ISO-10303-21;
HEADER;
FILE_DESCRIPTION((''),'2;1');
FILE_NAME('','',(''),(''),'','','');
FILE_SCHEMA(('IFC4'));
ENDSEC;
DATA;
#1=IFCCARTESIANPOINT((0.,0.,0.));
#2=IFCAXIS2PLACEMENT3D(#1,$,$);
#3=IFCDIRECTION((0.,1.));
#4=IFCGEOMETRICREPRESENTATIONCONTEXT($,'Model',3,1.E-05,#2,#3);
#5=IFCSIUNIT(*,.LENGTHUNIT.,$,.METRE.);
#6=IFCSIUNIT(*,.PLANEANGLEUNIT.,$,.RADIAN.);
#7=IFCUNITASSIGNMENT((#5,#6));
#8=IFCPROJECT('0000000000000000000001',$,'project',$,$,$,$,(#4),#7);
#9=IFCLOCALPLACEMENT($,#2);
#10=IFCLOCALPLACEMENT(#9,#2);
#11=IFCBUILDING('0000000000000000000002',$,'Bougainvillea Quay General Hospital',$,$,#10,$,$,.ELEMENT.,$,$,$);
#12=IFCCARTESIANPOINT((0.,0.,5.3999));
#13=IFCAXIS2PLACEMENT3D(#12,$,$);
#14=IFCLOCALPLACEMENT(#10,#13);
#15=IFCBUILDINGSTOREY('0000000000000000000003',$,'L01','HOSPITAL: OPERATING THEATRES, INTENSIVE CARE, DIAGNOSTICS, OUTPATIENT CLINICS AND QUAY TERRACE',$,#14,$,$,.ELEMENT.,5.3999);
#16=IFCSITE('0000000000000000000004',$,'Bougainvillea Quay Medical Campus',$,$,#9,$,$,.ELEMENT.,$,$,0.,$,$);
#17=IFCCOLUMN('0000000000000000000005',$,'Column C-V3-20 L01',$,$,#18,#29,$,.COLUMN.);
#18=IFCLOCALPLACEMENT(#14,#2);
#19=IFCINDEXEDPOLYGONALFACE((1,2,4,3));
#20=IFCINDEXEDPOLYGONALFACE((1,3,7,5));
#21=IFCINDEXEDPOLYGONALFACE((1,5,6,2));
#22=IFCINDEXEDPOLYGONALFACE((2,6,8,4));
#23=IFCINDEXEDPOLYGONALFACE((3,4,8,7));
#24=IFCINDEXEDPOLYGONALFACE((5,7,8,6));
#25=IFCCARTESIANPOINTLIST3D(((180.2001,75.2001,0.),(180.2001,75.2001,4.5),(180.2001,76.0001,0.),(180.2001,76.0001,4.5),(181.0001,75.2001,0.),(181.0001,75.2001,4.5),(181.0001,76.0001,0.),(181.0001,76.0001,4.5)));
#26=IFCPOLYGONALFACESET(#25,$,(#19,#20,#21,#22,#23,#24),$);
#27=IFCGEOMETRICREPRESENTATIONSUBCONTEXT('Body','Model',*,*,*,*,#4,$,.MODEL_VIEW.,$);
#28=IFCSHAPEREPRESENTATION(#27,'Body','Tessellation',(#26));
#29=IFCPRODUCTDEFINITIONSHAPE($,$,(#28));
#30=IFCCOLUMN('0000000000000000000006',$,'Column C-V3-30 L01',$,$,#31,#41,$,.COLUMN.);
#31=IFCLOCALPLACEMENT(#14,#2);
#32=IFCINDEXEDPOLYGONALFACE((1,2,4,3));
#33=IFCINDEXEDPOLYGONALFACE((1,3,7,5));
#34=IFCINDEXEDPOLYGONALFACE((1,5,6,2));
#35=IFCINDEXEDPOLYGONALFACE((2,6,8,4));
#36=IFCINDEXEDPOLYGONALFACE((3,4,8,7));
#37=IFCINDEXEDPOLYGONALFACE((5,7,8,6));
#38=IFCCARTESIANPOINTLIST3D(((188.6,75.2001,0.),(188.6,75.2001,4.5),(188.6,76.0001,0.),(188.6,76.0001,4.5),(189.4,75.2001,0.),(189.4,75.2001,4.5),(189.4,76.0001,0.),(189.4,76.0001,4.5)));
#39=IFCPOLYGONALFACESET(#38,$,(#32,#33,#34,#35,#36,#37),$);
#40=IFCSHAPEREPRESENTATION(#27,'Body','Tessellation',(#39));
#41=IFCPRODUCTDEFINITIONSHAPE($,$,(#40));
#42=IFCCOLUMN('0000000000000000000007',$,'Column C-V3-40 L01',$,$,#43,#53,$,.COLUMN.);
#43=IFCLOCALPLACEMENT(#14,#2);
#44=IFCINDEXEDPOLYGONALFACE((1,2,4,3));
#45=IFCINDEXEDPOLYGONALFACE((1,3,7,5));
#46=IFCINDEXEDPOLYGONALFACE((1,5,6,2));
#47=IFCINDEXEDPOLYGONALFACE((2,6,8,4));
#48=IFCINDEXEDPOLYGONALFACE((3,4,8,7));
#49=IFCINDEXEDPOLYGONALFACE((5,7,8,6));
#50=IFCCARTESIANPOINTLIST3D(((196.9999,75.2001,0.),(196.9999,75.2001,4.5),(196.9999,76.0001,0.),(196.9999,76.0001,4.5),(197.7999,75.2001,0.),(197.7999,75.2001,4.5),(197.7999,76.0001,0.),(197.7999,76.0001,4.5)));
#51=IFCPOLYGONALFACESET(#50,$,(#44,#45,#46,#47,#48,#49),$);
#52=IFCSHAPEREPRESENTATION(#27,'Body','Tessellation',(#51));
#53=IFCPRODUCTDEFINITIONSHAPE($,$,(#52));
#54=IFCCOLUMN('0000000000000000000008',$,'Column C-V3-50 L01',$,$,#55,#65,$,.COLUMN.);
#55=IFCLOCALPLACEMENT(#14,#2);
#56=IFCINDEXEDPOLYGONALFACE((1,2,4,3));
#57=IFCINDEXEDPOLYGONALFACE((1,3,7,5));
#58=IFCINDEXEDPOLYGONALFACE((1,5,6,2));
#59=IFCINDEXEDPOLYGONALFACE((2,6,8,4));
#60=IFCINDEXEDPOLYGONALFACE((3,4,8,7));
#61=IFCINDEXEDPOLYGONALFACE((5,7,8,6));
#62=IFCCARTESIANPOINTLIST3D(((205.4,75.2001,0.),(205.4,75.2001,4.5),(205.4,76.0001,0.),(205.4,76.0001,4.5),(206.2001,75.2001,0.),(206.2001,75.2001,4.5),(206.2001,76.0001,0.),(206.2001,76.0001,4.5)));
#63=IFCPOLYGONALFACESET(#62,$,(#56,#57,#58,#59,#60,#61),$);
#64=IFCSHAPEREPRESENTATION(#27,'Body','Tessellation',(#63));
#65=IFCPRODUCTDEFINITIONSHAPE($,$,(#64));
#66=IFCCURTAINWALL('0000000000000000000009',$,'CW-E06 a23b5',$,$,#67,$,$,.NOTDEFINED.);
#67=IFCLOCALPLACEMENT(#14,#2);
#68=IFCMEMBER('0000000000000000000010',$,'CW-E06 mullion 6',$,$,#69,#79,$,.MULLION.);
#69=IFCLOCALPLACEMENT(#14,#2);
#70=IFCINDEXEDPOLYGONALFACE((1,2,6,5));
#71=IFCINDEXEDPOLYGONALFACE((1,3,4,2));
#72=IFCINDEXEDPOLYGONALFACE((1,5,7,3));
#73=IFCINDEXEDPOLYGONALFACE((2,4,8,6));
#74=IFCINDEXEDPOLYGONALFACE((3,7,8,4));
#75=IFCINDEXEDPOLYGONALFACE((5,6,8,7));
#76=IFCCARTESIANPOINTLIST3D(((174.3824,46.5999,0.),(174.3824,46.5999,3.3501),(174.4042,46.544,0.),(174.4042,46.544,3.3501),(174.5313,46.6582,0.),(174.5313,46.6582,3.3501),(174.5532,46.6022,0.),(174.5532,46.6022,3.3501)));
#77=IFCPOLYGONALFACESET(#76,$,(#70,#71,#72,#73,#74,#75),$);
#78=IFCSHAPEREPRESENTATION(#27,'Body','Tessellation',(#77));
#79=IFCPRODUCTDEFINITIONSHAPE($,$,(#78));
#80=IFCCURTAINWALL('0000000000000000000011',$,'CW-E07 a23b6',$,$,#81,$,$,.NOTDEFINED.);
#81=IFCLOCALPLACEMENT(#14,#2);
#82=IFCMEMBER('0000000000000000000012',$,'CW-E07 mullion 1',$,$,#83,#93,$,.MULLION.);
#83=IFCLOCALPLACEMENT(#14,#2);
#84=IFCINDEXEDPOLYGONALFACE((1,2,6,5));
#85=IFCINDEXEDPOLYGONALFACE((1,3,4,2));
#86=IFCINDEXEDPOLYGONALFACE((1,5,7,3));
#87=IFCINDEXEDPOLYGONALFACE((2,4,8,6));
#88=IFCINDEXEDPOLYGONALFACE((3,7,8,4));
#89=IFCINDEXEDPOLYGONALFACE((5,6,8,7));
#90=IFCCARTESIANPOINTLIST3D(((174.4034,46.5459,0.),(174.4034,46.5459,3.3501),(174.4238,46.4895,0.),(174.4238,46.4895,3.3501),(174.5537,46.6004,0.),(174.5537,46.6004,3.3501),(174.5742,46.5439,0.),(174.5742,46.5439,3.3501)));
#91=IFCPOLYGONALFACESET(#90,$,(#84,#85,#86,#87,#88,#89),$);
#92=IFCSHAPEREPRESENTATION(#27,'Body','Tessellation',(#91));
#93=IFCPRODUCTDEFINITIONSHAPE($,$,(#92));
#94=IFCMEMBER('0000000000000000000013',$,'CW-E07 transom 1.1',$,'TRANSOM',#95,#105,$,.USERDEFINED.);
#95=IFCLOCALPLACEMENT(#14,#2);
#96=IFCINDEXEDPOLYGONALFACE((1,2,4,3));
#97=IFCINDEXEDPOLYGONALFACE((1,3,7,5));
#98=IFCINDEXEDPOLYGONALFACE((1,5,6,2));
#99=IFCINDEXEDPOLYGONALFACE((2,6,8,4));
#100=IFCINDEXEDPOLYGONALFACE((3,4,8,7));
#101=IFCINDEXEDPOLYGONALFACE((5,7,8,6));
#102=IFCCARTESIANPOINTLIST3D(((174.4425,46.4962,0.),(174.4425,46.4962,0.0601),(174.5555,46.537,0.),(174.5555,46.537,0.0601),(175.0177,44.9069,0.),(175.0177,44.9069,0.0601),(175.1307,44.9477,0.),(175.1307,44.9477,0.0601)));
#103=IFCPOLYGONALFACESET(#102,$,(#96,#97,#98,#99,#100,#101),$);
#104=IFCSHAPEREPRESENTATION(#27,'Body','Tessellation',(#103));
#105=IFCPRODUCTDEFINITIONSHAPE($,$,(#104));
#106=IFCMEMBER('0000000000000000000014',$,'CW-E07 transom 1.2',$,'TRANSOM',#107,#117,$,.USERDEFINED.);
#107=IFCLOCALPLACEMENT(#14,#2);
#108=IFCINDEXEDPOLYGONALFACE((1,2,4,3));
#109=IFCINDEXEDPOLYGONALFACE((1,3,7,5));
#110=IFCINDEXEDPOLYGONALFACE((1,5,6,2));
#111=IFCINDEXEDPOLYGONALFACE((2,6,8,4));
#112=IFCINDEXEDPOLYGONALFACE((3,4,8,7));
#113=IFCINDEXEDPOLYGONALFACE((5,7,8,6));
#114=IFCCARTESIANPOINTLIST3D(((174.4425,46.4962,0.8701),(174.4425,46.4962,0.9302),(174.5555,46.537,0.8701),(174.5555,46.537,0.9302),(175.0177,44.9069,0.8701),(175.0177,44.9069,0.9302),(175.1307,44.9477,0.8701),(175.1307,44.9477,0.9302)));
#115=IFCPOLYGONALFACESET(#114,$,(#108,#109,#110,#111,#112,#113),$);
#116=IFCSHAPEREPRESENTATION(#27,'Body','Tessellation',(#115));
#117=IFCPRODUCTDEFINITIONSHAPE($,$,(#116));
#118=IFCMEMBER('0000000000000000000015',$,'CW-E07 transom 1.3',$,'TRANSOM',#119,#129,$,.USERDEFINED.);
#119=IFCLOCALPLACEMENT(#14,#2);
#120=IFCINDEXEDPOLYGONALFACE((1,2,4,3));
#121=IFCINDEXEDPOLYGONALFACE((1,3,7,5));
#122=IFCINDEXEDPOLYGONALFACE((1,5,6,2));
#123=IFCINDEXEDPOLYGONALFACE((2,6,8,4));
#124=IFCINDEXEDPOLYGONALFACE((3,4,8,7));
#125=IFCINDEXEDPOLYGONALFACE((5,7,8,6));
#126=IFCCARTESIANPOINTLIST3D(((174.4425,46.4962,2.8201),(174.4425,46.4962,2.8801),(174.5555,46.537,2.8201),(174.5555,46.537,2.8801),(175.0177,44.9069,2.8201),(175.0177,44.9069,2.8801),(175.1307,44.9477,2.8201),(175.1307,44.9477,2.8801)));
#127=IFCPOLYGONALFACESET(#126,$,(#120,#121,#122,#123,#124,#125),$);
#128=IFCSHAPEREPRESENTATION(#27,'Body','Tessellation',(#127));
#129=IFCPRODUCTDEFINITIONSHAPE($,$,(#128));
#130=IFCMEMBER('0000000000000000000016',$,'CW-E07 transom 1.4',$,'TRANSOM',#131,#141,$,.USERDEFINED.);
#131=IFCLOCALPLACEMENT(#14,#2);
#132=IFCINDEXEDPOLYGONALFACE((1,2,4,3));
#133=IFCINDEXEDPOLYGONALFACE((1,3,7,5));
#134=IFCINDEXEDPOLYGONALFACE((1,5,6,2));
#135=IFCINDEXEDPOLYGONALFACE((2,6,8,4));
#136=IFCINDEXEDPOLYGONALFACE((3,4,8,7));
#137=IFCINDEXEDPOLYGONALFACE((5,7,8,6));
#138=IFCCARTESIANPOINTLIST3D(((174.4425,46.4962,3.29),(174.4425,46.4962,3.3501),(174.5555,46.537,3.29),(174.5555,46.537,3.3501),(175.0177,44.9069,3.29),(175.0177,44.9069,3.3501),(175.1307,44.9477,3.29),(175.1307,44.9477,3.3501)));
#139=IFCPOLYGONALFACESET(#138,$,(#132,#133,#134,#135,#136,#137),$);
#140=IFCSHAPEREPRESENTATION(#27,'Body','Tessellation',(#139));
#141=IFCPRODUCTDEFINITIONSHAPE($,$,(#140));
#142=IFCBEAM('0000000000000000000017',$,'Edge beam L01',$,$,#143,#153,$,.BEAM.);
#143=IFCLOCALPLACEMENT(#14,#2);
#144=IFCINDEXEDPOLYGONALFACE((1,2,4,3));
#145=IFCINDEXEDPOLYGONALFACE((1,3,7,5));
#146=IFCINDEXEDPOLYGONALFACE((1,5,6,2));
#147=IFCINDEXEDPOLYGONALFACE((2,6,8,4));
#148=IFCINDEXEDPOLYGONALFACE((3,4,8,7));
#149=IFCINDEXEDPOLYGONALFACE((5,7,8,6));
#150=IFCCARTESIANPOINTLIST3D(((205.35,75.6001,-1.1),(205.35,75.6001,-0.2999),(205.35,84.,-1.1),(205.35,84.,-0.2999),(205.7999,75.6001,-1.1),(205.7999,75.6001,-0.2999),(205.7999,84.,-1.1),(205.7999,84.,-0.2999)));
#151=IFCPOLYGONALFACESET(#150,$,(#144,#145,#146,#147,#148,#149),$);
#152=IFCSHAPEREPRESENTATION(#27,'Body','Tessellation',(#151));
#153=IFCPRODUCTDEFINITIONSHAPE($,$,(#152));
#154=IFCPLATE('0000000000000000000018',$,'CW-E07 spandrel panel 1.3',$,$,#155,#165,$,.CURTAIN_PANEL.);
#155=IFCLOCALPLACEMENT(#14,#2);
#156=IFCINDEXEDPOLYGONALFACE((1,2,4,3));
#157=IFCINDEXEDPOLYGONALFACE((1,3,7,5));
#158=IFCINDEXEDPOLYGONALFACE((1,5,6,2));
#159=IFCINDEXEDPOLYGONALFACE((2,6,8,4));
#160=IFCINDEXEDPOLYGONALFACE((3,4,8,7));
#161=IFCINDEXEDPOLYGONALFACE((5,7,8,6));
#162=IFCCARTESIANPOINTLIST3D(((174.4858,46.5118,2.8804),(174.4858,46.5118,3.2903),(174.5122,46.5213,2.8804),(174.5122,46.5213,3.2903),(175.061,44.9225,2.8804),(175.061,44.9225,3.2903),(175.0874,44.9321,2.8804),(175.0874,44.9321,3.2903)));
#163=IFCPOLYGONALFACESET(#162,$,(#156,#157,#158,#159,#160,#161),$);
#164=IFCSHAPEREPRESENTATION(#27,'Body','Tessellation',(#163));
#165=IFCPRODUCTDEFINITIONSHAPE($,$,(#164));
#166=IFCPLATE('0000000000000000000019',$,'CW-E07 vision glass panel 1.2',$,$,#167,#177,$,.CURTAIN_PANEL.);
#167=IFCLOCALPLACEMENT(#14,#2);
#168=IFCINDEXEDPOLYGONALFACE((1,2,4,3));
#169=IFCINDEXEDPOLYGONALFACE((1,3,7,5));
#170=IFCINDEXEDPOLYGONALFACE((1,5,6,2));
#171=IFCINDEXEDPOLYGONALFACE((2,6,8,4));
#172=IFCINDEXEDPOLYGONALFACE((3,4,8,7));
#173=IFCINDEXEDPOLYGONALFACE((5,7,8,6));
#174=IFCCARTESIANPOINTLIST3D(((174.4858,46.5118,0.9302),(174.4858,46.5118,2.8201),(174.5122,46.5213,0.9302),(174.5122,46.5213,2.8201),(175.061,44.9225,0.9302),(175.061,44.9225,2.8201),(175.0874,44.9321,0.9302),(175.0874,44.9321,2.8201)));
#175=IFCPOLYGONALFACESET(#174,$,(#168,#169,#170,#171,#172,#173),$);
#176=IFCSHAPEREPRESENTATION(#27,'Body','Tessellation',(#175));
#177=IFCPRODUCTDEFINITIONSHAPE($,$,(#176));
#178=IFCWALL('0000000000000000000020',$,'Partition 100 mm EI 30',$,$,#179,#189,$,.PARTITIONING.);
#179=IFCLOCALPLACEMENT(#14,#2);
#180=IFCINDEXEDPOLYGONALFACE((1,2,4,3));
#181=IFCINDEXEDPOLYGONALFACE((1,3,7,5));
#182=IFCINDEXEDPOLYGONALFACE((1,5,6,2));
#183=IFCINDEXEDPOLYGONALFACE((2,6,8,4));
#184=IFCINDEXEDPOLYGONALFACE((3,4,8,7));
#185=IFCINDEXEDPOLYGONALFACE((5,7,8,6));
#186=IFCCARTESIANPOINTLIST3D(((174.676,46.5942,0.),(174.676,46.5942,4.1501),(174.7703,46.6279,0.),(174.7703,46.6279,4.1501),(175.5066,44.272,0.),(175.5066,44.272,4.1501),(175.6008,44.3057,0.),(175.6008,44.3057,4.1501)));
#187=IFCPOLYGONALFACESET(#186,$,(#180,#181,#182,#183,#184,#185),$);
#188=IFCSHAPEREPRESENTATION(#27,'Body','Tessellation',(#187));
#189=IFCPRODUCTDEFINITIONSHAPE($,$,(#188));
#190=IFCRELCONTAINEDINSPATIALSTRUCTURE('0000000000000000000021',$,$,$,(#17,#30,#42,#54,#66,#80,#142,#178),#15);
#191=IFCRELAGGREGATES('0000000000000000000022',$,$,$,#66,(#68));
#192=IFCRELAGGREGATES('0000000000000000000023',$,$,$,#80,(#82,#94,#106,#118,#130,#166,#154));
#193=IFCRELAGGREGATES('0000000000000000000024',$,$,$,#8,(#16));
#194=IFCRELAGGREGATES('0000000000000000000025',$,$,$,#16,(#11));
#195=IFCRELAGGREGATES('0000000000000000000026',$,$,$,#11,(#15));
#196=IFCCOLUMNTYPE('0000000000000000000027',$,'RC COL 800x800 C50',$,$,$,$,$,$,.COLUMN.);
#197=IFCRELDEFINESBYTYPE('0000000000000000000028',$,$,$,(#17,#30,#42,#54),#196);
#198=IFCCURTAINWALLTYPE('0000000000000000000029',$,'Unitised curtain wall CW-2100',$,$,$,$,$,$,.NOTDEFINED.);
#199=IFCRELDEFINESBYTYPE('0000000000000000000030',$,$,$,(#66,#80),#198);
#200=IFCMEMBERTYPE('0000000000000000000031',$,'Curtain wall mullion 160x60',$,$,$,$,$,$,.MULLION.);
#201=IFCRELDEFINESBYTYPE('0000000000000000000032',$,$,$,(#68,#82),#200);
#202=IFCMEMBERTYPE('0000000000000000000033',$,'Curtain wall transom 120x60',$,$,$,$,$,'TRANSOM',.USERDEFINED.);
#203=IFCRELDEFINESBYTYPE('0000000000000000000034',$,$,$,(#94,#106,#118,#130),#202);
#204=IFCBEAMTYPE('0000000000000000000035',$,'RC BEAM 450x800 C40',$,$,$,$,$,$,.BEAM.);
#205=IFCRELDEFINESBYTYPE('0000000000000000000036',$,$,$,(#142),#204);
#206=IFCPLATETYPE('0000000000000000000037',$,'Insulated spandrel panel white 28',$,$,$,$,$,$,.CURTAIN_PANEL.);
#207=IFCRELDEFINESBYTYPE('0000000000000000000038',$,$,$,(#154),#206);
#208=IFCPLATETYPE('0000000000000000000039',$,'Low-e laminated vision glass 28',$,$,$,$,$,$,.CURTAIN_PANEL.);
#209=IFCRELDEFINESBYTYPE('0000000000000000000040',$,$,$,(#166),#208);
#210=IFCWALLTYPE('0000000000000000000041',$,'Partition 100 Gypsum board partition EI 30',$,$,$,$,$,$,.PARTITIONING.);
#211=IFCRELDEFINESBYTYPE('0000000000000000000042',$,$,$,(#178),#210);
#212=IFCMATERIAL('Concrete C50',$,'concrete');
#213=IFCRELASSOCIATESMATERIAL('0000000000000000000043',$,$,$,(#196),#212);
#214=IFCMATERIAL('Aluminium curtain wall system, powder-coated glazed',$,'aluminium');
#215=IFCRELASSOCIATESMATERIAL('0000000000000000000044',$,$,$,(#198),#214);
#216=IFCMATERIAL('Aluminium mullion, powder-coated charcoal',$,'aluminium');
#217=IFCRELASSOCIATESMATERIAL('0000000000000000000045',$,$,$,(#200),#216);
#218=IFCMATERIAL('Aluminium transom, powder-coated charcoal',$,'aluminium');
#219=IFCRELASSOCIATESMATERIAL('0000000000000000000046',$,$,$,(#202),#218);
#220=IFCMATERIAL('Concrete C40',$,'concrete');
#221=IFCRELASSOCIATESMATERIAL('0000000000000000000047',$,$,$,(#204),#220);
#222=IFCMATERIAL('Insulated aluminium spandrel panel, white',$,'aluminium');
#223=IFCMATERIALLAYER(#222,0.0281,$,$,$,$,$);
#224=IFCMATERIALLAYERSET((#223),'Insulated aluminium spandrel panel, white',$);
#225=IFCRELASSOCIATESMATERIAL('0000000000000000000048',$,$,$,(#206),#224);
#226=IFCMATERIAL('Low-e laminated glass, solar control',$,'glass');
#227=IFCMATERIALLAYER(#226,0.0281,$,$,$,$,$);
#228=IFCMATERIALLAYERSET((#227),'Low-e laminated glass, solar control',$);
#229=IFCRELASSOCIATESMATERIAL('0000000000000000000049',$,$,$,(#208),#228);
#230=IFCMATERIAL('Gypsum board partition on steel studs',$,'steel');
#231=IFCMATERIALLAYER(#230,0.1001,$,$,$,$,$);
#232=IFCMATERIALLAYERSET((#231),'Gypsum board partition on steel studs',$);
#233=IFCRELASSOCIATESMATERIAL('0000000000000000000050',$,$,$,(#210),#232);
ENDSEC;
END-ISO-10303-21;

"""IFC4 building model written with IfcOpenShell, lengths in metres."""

from ifc_helpers import new_model, si_unit, direction, frame, frame_2d, origin, origin_2d, place, context, subcontext, project, spatial, rectangle, extrude, material, layer, layer_set, material_profile, profile_set, type_object, element, aggregate, save


model = new_model("IFC4")

# Units and contexts
model_context = context("Model", 3, precision=1e-05, world=origin(), true_north=direction((0.0, 1.0)))
body_context = subcontext(model_context, "Body", "Model", "MODEL_VIEW")
ifc_project = project(units=[si_unit("LENGTHUNIT", "METRE"), si_unit("PLANEANGLEUNIT", "RADIAN")], contexts=[model_context])

# Site, building, storey
site_placement = place(None, origin())
site = spatial("IfcSite", under=ifc_project, at=site_placement, Name="Bougainvillea Quay Medical Campus", CompositionType="ELEMENT", RefElevation=0.0)
building_placement = place(site_placement, origin())
building = spatial("IfcBuilding", under=site, at=building_placement, Name="Bougainvillea Quay General Hospital", CompositionType="ELEMENT")
storey_placement = place(building_placement, frame((0.0, 0.0, 5.3999)))
storey = spatial("IfcBuildingStorey", under=building, at=storey_placement, Name="L01", Description="HOSPITAL: OPERATING THEATRES, INTENSIVE CARE, DIAGNOSTICS, OUTPATIENT CLINICS AND QUAY TERRACE", CompositionType="ELEMENT", Elevation=5.3999)

# Columns
ifc_material_1 = material(Name="Concrete C50", Category="concrete")
ifc_material_profile_1 = material_profile(ifc_material_1, rectangle(XDim=0.8, YDim=0.8, at=origin_2d()))
ifc_profile_set_1 = profile_set([ifc_material_profile_1], Name="Concrete C50")
column_type = type_object("IfcColumnType", Name="RC COL 800x800 C50", PredefinedType="COLUMN", material=ifc_profile_set_1)
for number, where, z_axis, x_axis, name in (
    (1, (180.6001, 75.6001, 0.0), (0.0, 0.0, 1.0), (1.0, 0.0, 0.0), "Column C-V3-20 L01"),
    (2, (189.0, 75.6001, 0.0), (0.0, 0.0, 1.0), (1.0, 0.0, 0.0), "Column C-V3-30 L01"),
    (3, (197.3999, 75.6001, 0.0), (0.0, 0.0, 1.0), (1.0, 0.0, 0.0), "Column C-V3-40 L01"),
    (4, (205.8, 75.6001, 0.0), (0.0, 0.0, 1.0), (1.0, 0.0, 0.0), "Column C-V3-50 L01"),
):
    element("IfcColumn", number, at=place(storey_placement, frame(where, z_axis=z_axis, x_axis=x_axis)), inside=storey, type_object=column_type, Name=name, PredefinedType="COLUMN", context=body_context, shape_type="SweptSolid", body=[
        extrude(rectangle(XDim=0.8, YDim=0.8, at=origin_2d()), origin(), (0.0, 0.0, 1.0), 4.5),
    ])

# Curtain wall, member
ifc_material_2 = material(Name="Aluminium curtain wall system, powder-coated glazed", Category="aluminium")
curtain_wall_type = type_object("IfcCurtainWallType", Name="Unitised curtain wall CW-2100", PredefinedType="NOTDEFINED", material=ifc_material_2)
curtain_wall_1_placement = place(storey_placement, origin())
curtain_wall_1 = element("IfcCurtainWall", 5, at=curtain_wall_1_placement, inside=storey, type_object=curtain_wall_type, Name="CW-E06 a23b5", PredefinedType="NOTDEFINED")
ifc_material_3 = material(Name="Aluminium mullion, powder-coated charcoal", Category="aluminium")
ifc_material_profile_2 = material_profile(ifc_material_3, rectangle(XDim=0.1599, YDim=0.0601, at=origin_2d()))
ifc_profile_set_2 = profile_set([ifc_material_profile_2], Name="Aluminium mullion, powder-coated charcoal")
member_type_1 = type_object("IfcMemberType", Name="Curtain wall mullion 160x60", PredefinedType="MULLION", material=ifc_profile_set_2)
member_1_placement = place(storey_placement, frame((174.4678, 46.6011, 0.0), z_axis=(0.0, 0.0, 1.0), x_axis=(0.931315, 0.364214, 0.0)))
member_1 = element("IfcMember", 6, at=member_1_placement, type_object=member_type_1, Name="CW-E06 mullion 6", PredefinedType="MULLION", context=body_context, shape_type="SweptSolid", body=[
    extrude(rectangle(XDim=0.1599, YDim=0.0601, at=origin_2d()), origin(), (0.0, 0.0, 1.0), 3.3501),
])
aggregate(curtain_wall_1, [member_1])

# Curtain wall, members
curtain_wall_2_placement = place(storey_placement, origin())
curtain_wall_2 = element("IfcCurtainWall", 7, at=curtain_wall_2_placement, inside=storey, type_object=curtain_wall_type, Name="CW-E07 a23b6", PredefinedType="NOTDEFINED")
member_2_placement = place(storey_placement, frame((174.4888, 46.5449, 0.0), z_axis=(0.0, 0.0, 1.0), x_axis=(0.940307, 0.340327, 0.0)))
member_2 = element("IfcMember", 8, at=member_2_placement, type_object=member_type_1, Name="CW-E07 mullion 1", PredefinedType="MULLION", context=body_context, shape_type="SweptSolid", body=[
    extrude(rectangle(XDim=0.1599, YDim=0.0601, at=origin_2d()), origin(), (0.0, 0.0, 1.0), 3.3501),
])
ifc_material_4 = material(Name="Aluminium transom, powder-coated charcoal", Category="aluminium")
ifc_material_profile_3 = material_profile(ifc_material_4, rectangle(XDim=0.1201, YDim=0.0601, at=origin_2d()))
ifc_profile_set_3 = profile_set([ifc_material_profile_3], Name="Aluminium transom, powder-coated charcoal")
member_type_2 = type_object("IfcMemberType", Name="Curtain wall transom 120x60", ElementType="TRANSOM", PredefinedType="USERDEFINED", material=ifc_profile_set_3)
member_3_placement = place(storey_placement, frame((174.499, 46.5166, 0.03), z_axis=(0.340305, -0.940315, 0.0), x_axis=(0.940315, 0.340305, 0.0)))
member_3 = element("IfcMember", 9, at=member_3_placement, type_object=member_type_2, Name="CW-E07 transom 1.1", ObjectType="TRANSOM", PredefinedType="USERDEFINED", context=body_context, shape_type="SweptSolid", body=[
    extrude(rectangle(XDim=0.1201, YDim=0.0601, at=origin_2d()), origin(), (0.0, 0.0, 1.0), 1.6902),
])
member_4_placement = place(storey_placement, frame((174.499, 46.5166, 0.9001), z_axis=(0.340305, -0.940315, 0.0), x_axis=(0.940315, 0.340305, 0.0)))
member_4 = element("IfcMember", 10, at=member_4_placement, type_object=member_type_2, Name="CW-E07 transom 1.2", ObjectType="TRANSOM", PredefinedType="USERDEFINED", context=body_context, shape_type="SweptSolid", body=[
    extrude(rectangle(XDim=0.1201, YDim=0.0601, at=origin_2d()), origin(), (0.0, 0.0, 1.0), 1.6902),
])
member_5_placement = place(storey_placement, frame((174.499, 46.5166, 2.8501), z_axis=(0.340305, -0.940315, 0.0), x_axis=(0.940315, 0.340305, 0.0)))
member_5 = element("IfcMember", 11, at=member_5_placement, type_object=member_type_2, Name="CW-E07 transom 1.3", ObjectType="TRANSOM", PredefinedType="USERDEFINED", context=body_context, shape_type="SweptSolid", body=[
    extrude(rectangle(XDim=0.1201, YDim=0.0601, at=origin_2d()), origin(), (0.0, 0.0, 1.0), 1.6902),
])
member_6_placement = place(storey_placement, frame((174.499, 46.5166, 3.3201), z_axis=(0.340305, -0.940315, 0.0), x_axis=(0.940315, 0.340305, 0.0)))
member_6 = element("IfcMember", 12, at=member_6_placement, type_object=member_type_2, Name="CW-E07 transom 1.4", ObjectType="TRANSOM", PredefinedType="USERDEFINED", context=body_context, shape_type="SweptSolid", body=[
    extrude(rectangle(XDim=0.1201, YDim=0.0601, at=origin_2d()), origin(), (0.0, 0.0, 1.0), 1.6902),
])

# Beam
ifc_material_5 = material(Name="Concrete C40", Category="concrete")
ifc_material_profile_4 = material_profile(ifc_material_5, rectangle(XDim=0.45, YDim=0.8, at=origin_2d()))
ifc_profile_set_4 = profile_set([ifc_material_profile_4], Name="Concrete C40")
beam_type = type_object("IfcBeamType", Name="RC BEAM 450x800 C40", PredefinedType="BEAM", material=ifc_profile_set_4)
beam_placement = place(storey_placement, frame((205.575, 75.6001, -0.7), z_axis=(0.0, 1.0, 0.0), x_axis=(-1.0, 0.0, 0.0)))
element("IfcBeam", 13, at=beam_placement, inside=storey, type_object=beam_type, Name="Edge beam L01", PredefinedType="BEAM", context=body_context, shape_type="SweptSolid", body=[
    extrude(rectangle(XDim=0.45, YDim=0.8, at=origin_2d()), origin(), (0.0, 0.0, 1.0), 8.3999),
])

# Plates
ifc_material_6 = material(Name="Insulated aluminium spandrel panel, white", Category="aluminium")
ifc_layer_1 = layer(ifc_material_6, 0.0281)
ifc_layer_set_1 = layer_set([ifc_layer_1], Name="Insulated aluminium spandrel panel, white")
plate_type_1 = type_object("IfcPlateType", Name="Insulated spandrel panel white 28", PredefinedType="CURTAIN_PANEL", material=ifc_layer_set_1)
plate_1_placement = place(storey_placement, frame((174.7866, 45.7219, 2.8804), z_axis=(0.0, 0.0, 1.0), x_axis=(0.340327, -0.940307, 0.0)))
plate_1 = element("IfcPlate", 14, at=plate_1_placement, type_object=plate_type_1, Name="CW-E07 spandrel panel 1.3", PredefinedType="CURTAIN_PANEL", context=body_context, shape_type="SweptSolid", body=[
    extrude(rectangle(XDim=1.6902, YDim=0.0281, at=origin_2d()), origin(), (0.0, 0.0, 1.0), 0.4099),
])
ifc_material_7 = material(Name="Low-e laminated glass, solar control", Category="glass")
ifc_layer_2 = layer(ifc_material_7, 0.0281)
ifc_layer_set_2 = layer_set([ifc_layer_2], Name="Low-e laminated glass, solar control")
plate_type_2 = type_object("IfcPlateType", Name="Low-e laminated vision glass 28", PredefinedType="CURTAIN_PANEL", material=ifc_layer_set_2)
plate_2_placement = place(storey_placement, frame((174.7866, 45.7219, 0.9302), z_axis=(0.0, 0.0, 1.0), x_axis=(0.340327, -0.940307, 0.0)))
plate_2 = element("IfcPlate", 15, at=plate_2_placement, type_object=plate_type_2, Name="CW-E07 vision glass panel 1.2", PredefinedType="CURTAIN_PANEL", context=body_context, shape_type="SweptSolid", body=[
    extrude(rectangle(XDim=1.6902, YDim=0.0281, at=origin_2d()), origin(), (0.0, 0.0, 1.0), 1.8899),
])
aggregate(curtain_wall_2, [member_2, member_3, member_4, member_5, member_6, plate_2, plate_1])

# Wall
ifc_material_8 = material(Name="Gypsum board partition on steel studs", Category="steel")
ifc_layer_3 = layer(ifc_material_8, 0.1001)
ifc_layer_set_3 = layer_set([ifc_layer_3], Name="Gypsum board partition on steel studs")
wall_type = type_object("IfcWallType", Name="Partition 100 Gypsum board partition EI 30", PredefinedType="PARTITIONING", material=ifc_layer_set_3)
wall_placement = place(storey_placement, frame((174.7231, 46.6111, 0.0), z_axis=(0.0, 0.0, 1.0), x_axis=(0.336763, -0.94159, 0.0)))
element("IfcWall", 16, at=wall_placement, inside=storey, type_object=wall_type, Name="Partition 100 mm EI 30", PredefinedType="PARTITIONING", context=body_context, shape_type="SweptSolid", body=[
    extrude(rectangle(XDim=2.4663, YDim=0.1001, at=frame_2d((1.2332, 0.0))), origin(), (0.0, 0.0, 1.0), 4.1501),
])

save(model, "model.ifc")
